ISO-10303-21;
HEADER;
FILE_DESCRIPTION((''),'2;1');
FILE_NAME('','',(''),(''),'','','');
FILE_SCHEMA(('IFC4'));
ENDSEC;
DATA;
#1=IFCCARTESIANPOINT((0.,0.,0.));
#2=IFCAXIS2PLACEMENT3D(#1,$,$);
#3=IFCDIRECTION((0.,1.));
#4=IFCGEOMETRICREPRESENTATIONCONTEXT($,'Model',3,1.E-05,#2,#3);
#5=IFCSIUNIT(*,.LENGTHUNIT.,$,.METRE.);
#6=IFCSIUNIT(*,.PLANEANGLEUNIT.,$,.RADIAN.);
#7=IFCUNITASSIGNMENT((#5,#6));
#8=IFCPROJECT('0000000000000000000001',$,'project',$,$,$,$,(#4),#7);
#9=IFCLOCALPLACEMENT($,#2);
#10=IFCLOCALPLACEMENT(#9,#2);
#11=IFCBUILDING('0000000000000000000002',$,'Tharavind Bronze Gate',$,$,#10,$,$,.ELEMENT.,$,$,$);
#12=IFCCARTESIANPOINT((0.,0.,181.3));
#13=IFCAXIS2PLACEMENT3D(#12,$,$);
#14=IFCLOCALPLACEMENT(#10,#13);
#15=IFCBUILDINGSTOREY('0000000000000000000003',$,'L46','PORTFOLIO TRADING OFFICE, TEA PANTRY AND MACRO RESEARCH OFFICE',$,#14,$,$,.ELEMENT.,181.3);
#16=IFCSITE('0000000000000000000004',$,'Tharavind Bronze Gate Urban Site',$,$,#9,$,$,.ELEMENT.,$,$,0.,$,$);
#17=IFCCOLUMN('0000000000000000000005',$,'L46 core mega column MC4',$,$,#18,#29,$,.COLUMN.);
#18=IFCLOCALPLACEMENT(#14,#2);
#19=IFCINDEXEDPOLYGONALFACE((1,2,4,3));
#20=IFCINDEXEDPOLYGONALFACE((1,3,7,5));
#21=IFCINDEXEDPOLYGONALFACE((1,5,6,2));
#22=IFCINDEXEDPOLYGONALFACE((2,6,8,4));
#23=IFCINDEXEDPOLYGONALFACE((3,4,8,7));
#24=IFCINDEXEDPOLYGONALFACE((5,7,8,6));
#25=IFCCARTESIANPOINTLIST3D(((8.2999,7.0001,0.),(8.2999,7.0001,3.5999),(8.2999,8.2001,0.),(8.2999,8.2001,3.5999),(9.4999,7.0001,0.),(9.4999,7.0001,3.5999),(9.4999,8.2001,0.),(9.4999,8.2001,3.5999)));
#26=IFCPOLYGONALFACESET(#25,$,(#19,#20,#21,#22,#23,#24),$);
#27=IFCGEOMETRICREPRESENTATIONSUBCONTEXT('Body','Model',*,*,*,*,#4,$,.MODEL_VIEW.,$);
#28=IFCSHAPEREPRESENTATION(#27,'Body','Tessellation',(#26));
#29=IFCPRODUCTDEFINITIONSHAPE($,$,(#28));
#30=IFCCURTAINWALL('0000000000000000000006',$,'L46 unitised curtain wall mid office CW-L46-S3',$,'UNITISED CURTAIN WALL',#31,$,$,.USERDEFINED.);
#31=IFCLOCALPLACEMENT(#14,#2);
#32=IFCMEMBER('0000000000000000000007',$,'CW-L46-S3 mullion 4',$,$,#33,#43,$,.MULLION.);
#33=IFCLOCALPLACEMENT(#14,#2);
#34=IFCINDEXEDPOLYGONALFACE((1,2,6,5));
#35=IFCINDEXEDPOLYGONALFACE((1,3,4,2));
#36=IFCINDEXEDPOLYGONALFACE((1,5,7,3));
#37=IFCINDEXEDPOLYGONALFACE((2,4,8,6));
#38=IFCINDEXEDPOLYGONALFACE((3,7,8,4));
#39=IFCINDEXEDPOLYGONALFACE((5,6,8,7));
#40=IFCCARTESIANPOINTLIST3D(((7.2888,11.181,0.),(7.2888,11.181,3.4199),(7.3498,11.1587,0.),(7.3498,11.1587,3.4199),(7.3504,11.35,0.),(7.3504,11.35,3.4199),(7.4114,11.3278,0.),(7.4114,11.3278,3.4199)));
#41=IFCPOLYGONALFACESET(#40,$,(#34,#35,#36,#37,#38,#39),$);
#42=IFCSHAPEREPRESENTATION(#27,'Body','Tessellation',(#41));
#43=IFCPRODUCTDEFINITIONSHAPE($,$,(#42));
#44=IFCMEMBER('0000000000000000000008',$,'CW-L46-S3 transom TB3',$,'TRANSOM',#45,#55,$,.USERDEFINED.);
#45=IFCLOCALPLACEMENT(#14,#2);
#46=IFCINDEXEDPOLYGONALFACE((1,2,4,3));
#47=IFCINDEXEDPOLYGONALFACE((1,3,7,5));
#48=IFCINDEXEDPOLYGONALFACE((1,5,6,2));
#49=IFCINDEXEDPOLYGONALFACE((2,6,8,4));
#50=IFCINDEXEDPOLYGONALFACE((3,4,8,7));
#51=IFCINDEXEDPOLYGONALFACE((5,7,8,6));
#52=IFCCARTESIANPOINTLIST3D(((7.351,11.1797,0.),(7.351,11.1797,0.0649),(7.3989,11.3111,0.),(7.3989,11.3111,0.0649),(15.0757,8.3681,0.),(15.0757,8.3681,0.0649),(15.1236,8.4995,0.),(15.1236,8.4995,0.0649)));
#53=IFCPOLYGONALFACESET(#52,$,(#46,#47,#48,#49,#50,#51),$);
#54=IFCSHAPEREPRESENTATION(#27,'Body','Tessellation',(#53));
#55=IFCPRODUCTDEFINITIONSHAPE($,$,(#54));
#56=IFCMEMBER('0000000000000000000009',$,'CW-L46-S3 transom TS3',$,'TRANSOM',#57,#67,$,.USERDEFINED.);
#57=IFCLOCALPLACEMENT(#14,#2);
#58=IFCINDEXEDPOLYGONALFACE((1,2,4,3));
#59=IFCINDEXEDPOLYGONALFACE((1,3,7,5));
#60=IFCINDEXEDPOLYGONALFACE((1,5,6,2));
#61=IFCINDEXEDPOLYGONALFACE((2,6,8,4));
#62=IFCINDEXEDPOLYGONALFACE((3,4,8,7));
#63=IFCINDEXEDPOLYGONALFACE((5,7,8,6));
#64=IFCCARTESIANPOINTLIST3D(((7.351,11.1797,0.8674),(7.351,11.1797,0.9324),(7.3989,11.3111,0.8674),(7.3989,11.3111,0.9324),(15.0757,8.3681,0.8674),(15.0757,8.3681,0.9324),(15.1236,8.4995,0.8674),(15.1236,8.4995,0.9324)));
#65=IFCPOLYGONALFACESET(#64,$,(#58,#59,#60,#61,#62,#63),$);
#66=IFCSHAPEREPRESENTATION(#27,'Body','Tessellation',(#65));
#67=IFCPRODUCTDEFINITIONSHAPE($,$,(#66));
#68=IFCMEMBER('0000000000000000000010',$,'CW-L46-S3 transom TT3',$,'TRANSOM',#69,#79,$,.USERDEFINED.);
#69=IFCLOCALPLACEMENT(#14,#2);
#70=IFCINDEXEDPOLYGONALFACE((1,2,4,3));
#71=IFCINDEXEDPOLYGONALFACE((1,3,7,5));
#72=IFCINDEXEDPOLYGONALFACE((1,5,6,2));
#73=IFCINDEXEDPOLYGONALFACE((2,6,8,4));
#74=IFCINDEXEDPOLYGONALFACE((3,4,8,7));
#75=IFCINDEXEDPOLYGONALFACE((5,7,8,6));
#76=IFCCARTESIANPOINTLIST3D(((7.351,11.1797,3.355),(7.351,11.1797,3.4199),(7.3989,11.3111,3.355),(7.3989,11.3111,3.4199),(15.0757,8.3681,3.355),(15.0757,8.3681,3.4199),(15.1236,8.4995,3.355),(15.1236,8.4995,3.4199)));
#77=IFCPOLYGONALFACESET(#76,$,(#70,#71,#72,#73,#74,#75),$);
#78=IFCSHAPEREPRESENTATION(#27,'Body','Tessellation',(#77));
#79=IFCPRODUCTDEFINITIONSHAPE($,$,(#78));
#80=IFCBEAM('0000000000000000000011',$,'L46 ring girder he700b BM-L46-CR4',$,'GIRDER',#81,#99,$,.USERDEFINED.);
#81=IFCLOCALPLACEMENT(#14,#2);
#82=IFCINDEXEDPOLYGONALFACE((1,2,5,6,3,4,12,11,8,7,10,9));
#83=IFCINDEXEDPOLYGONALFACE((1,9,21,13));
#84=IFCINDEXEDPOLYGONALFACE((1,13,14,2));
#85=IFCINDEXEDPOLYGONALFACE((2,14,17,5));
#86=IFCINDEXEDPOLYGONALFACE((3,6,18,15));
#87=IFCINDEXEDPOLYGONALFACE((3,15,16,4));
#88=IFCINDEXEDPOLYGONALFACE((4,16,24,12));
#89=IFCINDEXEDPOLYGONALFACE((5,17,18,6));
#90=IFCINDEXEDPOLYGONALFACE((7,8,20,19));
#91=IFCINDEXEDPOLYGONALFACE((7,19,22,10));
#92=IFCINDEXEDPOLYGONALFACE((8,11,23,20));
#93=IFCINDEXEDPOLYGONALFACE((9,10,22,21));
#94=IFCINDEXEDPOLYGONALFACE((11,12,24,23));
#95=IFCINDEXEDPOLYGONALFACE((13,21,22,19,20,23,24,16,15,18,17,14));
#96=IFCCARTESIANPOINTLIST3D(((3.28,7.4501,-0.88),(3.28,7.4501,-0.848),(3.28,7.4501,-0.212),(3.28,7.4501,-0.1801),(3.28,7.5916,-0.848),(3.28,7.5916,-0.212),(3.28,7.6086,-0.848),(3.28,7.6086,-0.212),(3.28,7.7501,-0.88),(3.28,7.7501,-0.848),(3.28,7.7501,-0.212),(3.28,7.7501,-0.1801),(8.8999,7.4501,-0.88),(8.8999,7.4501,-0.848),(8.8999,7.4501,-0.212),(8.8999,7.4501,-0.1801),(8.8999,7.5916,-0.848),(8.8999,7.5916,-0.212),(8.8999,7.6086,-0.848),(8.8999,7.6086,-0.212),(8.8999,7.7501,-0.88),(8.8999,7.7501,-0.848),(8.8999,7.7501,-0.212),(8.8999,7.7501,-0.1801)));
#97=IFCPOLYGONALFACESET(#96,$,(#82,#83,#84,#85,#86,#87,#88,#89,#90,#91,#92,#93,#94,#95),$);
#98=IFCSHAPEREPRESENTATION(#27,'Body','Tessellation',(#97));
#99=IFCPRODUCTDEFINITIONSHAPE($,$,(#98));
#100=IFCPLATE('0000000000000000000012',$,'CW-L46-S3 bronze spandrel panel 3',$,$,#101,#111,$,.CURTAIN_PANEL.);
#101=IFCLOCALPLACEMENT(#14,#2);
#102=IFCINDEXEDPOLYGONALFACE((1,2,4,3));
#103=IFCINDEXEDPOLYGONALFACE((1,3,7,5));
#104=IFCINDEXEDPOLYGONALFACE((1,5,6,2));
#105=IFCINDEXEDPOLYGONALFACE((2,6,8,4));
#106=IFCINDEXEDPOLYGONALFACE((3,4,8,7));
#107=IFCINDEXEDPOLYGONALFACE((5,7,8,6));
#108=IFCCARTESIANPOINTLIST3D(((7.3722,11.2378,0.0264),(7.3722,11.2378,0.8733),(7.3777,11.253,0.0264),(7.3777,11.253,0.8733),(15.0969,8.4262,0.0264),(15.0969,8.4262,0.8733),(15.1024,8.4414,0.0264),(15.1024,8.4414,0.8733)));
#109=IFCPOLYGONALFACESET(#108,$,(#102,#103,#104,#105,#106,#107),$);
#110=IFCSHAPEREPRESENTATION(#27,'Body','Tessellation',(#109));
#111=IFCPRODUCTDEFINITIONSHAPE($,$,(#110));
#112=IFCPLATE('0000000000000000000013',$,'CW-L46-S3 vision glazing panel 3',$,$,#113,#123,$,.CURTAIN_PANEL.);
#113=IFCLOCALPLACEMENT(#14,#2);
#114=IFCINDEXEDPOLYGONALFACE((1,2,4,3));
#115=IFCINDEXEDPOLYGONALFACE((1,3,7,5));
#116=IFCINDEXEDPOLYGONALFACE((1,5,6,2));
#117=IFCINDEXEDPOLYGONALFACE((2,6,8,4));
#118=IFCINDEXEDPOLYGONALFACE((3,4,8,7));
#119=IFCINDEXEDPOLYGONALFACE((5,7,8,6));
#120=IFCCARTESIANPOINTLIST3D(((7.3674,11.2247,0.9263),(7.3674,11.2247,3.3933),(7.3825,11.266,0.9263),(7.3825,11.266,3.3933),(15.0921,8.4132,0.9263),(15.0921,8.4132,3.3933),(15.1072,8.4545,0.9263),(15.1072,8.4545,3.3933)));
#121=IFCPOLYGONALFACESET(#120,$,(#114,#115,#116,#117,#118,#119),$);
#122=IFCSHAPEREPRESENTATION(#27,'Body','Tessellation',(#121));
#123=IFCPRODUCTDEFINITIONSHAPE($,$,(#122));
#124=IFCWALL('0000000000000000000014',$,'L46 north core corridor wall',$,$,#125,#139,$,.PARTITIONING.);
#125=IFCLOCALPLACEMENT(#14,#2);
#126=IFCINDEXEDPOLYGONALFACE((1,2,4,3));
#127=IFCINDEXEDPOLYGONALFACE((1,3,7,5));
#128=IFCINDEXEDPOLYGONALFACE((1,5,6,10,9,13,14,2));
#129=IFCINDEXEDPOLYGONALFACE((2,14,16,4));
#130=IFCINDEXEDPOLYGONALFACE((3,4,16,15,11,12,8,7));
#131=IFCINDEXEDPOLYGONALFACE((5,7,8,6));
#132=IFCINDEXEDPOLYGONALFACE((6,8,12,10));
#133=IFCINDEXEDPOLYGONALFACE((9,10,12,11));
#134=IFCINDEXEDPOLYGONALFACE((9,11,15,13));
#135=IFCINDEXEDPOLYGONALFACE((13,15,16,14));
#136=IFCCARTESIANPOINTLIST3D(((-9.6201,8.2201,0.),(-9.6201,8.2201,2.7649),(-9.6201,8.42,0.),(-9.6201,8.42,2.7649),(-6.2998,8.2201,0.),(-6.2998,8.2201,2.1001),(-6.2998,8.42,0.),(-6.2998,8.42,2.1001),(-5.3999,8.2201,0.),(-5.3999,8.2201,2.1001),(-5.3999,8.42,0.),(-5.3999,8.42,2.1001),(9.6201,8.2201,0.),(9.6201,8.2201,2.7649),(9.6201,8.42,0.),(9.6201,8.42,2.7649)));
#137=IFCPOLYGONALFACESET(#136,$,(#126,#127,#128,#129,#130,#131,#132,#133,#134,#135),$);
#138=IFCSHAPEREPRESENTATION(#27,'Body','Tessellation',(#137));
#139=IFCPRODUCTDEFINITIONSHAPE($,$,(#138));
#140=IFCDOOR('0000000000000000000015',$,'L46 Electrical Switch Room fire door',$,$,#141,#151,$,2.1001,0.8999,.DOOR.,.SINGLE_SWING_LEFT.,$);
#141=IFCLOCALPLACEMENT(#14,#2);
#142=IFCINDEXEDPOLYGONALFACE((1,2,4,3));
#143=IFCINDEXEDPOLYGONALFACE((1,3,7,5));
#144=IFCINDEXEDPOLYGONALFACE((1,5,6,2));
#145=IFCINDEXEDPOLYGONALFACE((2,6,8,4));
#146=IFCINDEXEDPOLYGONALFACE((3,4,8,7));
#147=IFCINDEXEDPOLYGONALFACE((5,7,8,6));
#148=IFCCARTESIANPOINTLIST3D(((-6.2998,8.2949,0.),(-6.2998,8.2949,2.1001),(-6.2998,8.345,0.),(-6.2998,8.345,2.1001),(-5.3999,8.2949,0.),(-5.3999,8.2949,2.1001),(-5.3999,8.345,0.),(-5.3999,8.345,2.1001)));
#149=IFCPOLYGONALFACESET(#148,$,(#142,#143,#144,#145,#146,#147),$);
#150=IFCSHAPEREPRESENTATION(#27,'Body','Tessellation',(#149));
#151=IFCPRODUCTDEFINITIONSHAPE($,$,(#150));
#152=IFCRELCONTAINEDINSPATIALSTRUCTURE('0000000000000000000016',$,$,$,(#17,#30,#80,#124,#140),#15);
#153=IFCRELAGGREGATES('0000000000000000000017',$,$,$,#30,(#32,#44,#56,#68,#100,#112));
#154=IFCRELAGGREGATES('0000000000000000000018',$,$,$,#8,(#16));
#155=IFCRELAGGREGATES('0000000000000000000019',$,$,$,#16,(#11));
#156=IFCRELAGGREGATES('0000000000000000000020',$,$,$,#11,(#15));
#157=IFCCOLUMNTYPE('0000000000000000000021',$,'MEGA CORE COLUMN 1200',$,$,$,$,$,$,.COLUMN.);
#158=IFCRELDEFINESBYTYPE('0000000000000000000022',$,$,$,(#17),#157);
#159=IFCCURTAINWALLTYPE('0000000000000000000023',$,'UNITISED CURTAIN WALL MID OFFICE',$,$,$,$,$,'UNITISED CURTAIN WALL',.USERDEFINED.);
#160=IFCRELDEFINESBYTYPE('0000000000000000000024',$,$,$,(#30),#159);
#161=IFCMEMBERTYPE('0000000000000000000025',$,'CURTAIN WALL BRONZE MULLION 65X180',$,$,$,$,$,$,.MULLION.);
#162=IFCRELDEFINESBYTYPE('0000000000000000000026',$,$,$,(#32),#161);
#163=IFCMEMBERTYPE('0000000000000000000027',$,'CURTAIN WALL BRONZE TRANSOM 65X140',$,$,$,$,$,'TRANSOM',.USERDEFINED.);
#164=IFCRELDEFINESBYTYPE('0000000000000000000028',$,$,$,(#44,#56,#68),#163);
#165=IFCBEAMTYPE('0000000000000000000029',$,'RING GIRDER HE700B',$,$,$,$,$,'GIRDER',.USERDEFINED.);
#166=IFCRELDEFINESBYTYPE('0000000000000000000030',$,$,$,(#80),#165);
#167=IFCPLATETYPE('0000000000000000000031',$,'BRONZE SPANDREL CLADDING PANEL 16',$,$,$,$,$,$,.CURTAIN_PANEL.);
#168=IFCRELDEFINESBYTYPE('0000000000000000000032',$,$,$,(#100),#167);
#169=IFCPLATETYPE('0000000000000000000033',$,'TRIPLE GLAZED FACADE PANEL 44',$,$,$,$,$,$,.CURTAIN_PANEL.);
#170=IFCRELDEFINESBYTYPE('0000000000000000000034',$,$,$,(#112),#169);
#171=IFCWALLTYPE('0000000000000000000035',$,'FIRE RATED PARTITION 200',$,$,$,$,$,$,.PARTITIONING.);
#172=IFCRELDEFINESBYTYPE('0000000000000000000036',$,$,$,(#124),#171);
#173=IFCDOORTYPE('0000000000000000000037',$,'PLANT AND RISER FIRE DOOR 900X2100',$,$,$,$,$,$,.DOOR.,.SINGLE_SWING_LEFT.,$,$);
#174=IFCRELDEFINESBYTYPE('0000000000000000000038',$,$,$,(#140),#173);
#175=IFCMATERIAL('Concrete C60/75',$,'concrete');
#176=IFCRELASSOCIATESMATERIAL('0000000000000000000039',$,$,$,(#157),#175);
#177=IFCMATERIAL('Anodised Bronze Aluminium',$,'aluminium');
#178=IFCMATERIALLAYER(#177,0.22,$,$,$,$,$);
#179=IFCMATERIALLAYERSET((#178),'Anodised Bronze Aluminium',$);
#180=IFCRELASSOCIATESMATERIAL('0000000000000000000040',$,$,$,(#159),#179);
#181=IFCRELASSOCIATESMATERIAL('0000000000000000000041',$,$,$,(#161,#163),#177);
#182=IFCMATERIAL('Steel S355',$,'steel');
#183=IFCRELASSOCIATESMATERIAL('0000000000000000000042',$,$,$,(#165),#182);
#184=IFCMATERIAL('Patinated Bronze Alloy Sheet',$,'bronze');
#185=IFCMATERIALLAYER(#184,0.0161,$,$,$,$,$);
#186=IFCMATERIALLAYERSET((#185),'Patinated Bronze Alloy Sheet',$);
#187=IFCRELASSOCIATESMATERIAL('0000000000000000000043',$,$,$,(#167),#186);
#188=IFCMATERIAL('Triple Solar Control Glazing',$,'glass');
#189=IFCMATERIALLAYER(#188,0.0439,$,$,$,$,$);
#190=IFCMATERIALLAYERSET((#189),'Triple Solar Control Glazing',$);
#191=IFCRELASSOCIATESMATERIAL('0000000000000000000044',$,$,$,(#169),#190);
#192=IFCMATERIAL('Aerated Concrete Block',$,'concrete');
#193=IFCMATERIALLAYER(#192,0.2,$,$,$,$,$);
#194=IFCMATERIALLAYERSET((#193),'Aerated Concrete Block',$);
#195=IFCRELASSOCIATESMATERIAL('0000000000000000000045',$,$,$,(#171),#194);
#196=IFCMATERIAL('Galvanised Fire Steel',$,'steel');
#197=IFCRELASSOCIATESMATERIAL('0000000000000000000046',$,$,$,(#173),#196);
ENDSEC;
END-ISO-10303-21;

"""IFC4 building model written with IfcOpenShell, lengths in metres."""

from ifc_helpers import new_model, si_unit, direction, frame, frame_2d, origin, origin_2d, place, context, subcontext, project, spatial, rectangle, i_section, extrude, material, layer, layer_set, material_profile, profile_set, type_object, element, fill, aggregate, save


model = new_model("IFC4")

# Units and contexts
model_context = context("Model", 3, precision=1e-05, world=origin(), true_north=direction((0.0, 1.0)))
body_context = subcontext(model_context, "Body", "Model", "MODEL_VIEW")
ifc_project = project(units=[si_unit("LENGTHUNIT", "METRE"), si_unit("PLANEANGLEUNIT", "RADIAN")], contexts=[model_context])

# Site, building, storey
site_placement = place(None, origin())
site = spatial("IfcSite", under=ifc_project, at=site_placement, Name="Tharavind Bronze Gate Urban Site", CompositionType="ELEMENT", RefElevation=0.0)
building_placement = place(site_placement, origin())
building = spatial("IfcBuilding", under=site, at=building_placement, Name="Tharavind Bronze Gate", CompositionType="ELEMENT")
storey_placement = place(building_placement, frame((0.0, 0.0, 181.3)))
storey = spatial("IfcBuildingStorey", under=building, at=storey_placement, Name="L46", Description="PORTFOLIO TRADING OFFICE, TEA PANTRY AND MACRO RESEARCH OFFICE", CompositionType="ELEMENT", Elevation=181.3)

# Column
ifc_material_1 = material(Name="Concrete C60/75", Category="concrete")
ifc_material_profile_1 = material_profile(ifc_material_1, rectangle(XDim=1.2, YDim=1.2, at=origin_2d()), Name="RCCOL1200")
ifc_profile_set_1 = profile_set([ifc_material_profile_1], Name="Concrete C60/75")
column_type = type_object("IfcColumnType", Name="MEGA CORE COLUMN 1200", PredefinedType="COLUMN", material=ifc_profile_set_1)
column_placement = place(storey_placement, frame((8.8999, 7.6001, 0.0), z_axis=(0.0, 0.0, 1.0), x_axis=(1.0, 0.0, 0.0)))
element("IfcColumn", 1, at=column_placement, inside=storey, type_object=column_type, Name="L46 core mega column MC4", PredefinedType="COLUMN", context=body_context, shape_type="SweptSolid", body=[
    extrude(rectangle(XDim=1.2, YDim=1.2, at=origin_2d()), origin(), (0.0, 0.0, 1.0), 3.5999),
])

# Curtain wall, members
ifc_material_2 = material(Name="Anodised Bronze Aluminium", Category="aluminium")
ifc_layer_1 = layer(ifc_material_2, 0.22)
ifc_layer_set_1 = layer_set([ifc_layer_1], Name="Anodised Bronze Aluminium")
curtain_wall_type = type_object("IfcCurtainWallType", Name="UNITISED CURTAIN WALL MID OFFICE", ElementType="UNITISED CURTAIN WALL", PredefinedType="USERDEFINED", material=ifc_layer_set_1)
curtain_wall_placement = place(storey_placement, origin())
curtain_wall = element("IfcCurtainWall", 2, at=curtain_wall_placement, inside=storey, type_object=curtain_wall_type, Name="L46 unitised curtain wall mid office CW-L46-S3", ObjectType="UNITISED CURTAIN WALL", PredefinedType="USERDEFINED")
member_type_1 = type_object("IfcMemberType", Name="CURTAIN WALL BRONZE MULLION 65X180", PredefinedType="MULLION", material=ifc_material_2)
member_1_placement = place(storey_placement, frame((7.3501, 11.2544, 0.0), z_axis=(0.0, 0.0, 1.0), x_axis=(-0.939692, 0.342022, 0.0)))
member_1 = element("IfcMember", 3, at=member_1_placement, type_object=member_type_1, Name="CW-L46-S3 mullion 4", PredefinedType="MULLION", context=body_context, shape_type="SweptSolid", body=[
    extrude(rectangle(XDim=0.0649, YDim=0.1799, at=origin_2d()), origin(), (0.0, 0.0, 1.0), 3.4199),
])
member_type_2 = type_object("IfcMemberType", Name="CURTAIN WALL BRONZE TRANSOM 65X140", ElementType="TRANSOM", PredefinedType="USERDEFINED", material=ifc_material_2)
member_2_placement = place(storey_placement, frame((11.2373, 9.8396, 0.0), z_axis=(0.0, 0.0, 1.0), x_axis=(-0.939692, 0.342022, 0.0)))
member_2 = element("IfcMember", 4, at=member_2_placement, type_object=member_type_2, Name="CW-L46-S3 transom TB3", ObjectType="TRANSOM", PredefinedType="USERDEFINED", context=body_context, shape_type="SweptSolid", body=[
    extrude(rectangle(XDim=8.2205, YDim=0.1399, at=origin_2d()), origin(), (0.0, 0.0, 1.0), 0.0649),
])
member_3_placement = place(storey_placement, frame((11.2373, 9.8396, 0.8674), z_axis=(0.0, 0.0, 1.0), x_axis=(-0.939692, 0.342022, 0.0)))
member_3 = element("IfcMember", 5, at=member_3_placement, type_object=member_type_2, Name="CW-L46-S3 transom TS3", ObjectType="TRANSOM", PredefinedType="USERDEFINED", context=body_context, shape_type="SweptSolid", body=[
    extrude(rectangle(XDim=8.2205, YDim=0.1399, at=origin_2d()), origin(), (0.0, 0.0, 1.0), 0.0649),
])
member_4_placement = place(storey_placement, frame((11.2373, 9.8396, 3.355), z_axis=(0.0, 0.0, 1.0), x_axis=(-0.939692, 0.342022, 0.0)))
member_4 = element("IfcMember", 6, at=member_4_placement, type_object=member_type_2, Name="CW-L46-S3 transom TT3", ObjectType="TRANSOM", PredefinedType="USERDEFINED", context=body_context, shape_type="SweptSolid", body=[
    extrude(rectangle(XDim=8.2205, YDim=0.1399, at=origin_2d()), origin(), (0.0, 0.0, 1.0), 0.0649),
])

# Beam
ifc_material_3 = material(Name="Steel S355", Category="steel")
ifc_material_profile_2 = material_profile(ifc_material_3, i_section(OverallWidth=0.3, OverallDepth=0.7, WebThickness=0.0171, FlangeThickness=0.032, at=origin_2d()), Name="HE700B")
ifc_profile_set_2 = profile_set([ifc_material_profile_2], Name="Steel S355")
beam_type = type_object("IfcBeamType", Name="RING GIRDER HE700B", ElementType="GIRDER", PredefinedType="USERDEFINED", material=ifc_profile_set_2)
beam_placement = place(storey_placement, frame((8.8999, 7.6001, -0.53), z_axis=(-1.0, 0.0, 0.0), x_axis=(0.0, -1.0, 0.0)))
element("IfcBeam", 7, at=beam_placement, inside=storey, type_object=beam_type, Name="L46 ring girder he700b BM-L46-CR4", ObjectType="GIRDER", PredefinedType="USERDEFINED", context=body_context, shape_type="SweptSolid", body=[
    extrude(i_section(OverallWidth=0.3, OverallDepth=0.7, WebThickness=0.0171, FlangeThickness=0.032, at=origin_2d()), origin(), (0.0, 0.0, 1.0), 5.6199),
])

# Plates
ifc_material_4 = material(Name="Patinated Bronze Alloy Sheet", Category="bronze")
ifc_layer_2 = layer(ifc_material_4, 0.0161)
ifc_layer_set_2 = layer_set([ifc_layer_2], Name="Patinated Bronze Alloy Sheet")
plate_type_1 = type_object("IfcPlateType", Name="BRONZE SPANDREL CLADDING PANEL 16", PredefinedType="CURTAIN_PANEL", material=ifc_layer_set_2)
plate_1_placement = place(storey_placement, frame((11.2373, 9.8396, 0.0264), z_axis=(0.0, 0.0, 1.0), x_axis=(-0.939692, 0.342022, 0.0)))
plate_1 = element("IfcPlate", 8, at=plate_1_placement, type_object=plate_type_1, Name="CW-L46-S3 bronze spandrel panel 3", PredefinedType="CURTAIN_PANEL", context=body_context, shape_type="SweptSolid", body=[
    extrude(rectangle(XDim=8.2205, YDim=0.0161, at=origin_2d()), origin(), (0.0, 0.0, 1.0), 0.8469),
])
ifc_material_5 = material(Name="Triple Solar Control Glazing", Category="glass")
ifc_layer_3 = layer(ifc_material_5, 0.0439)
ifc_layer_set_3 = layer_set([ifc_layer_3], Name="Triple Solar Control Glazing")
plate_type_2 = type_object("IfcPlateType", Name="TRIPLE GLAZED FACADE PANEL 44", PredefinedType="CURTAIN_PANEL", material=ifc_layer_set_3)
plate_2_placement = place(storey_placement, frame((11.2373, 9.8396, 0.9263), z_axis=(0.0, 0.0, 1.0), x_axis=(-0.939692, 0.342022, 0.0)))
plate_2 = element("IfcPlate", 9, at=plate_2_placement, type_object=plate_type_2, Name="CW-L46-S3 vision glazing panel 3", PredefinedType="CURTAIN_PANEL", context=body_context, shape_type="SweptSolid", body=[
    extrude(rectangle(XDim=8.2205, YDim=0.0439, at=origin_2d()), origin(), (0.0, 0.0, 1.0), 2.467),
])
aggregate(curtain_wall, [member_1, member_2, member_3, member_4, plate_1, plate_2])

# Wall, opening, door
ifc_material_6 = material(Name="Aerated Concrete Block", Category="concrete")
ifc_layer_4 = layer(ifc_material_6, 0.2)
ifc_layer_set_4 = layer_set([ifc_layer_4], Name="Aerated Concrete Block")
wall_type_1 = type_object("IfcWallType", Name="FIRE RATED PARTITION 200", PredefinedType="PARTITIONING", material=ifc_layer_set_4)
wall_1_placement = place(storey_placement, frame((9.6201, 8.3201, 0.0), z_axis=(0.0, 0.0, 1.0), x_axis=(-1.0, 0.0, 0.0)))
wall_1 = element("IfcWall", 10, at=wall_1_placement, inside=storey, type_object=wall_type_1, Name="L46 north core corridor wall", PredefinedType="PARTITIONING", context=body_context, shape_type="SweptSolid", body=[
    extrude(rectangle(XDim=19.2402, YDim=0.2, at=frame_2d((9.6201, 0.0))), origin(), (0.0, 0.0, 1.0), 2.7649),
])
opening_1_placement = place(wall_1_placement, frame((15.02, 0.0, 0.0)))
opening_1 = element("IfcOpeningElement", 11, at=opening_1_placement, cuts=wall_1, PredefinedType="OPENING", context=body_context, shape_type="SweptSolid", body=[
    extrude(rectangle(XDim=0.8999, YDim=2.1001, at=frame_2d((0.45, 1.05))), frame((0.0, 0.1101, 0.0), z_axis=(0.0, -1.0, 0.0), x_axis=(1.0, 0.0, 0.0)), (0.0, 0.0, 1.0), 0.22),
])
ifc_material_7 = material(Name="Galvanised Fire Steel", Category="steel")
door_type_1 = type_object("IfcDoorType", Name="PLANT AND RISER FIRE DOOR 900X2100", OperationType="SINGLE_SWING_LEFT", PredefinedType="DOOR", material=ifc_material_7)
door_1_placement = place(opening_1_placement, frame((0.8999, 0.0, 0.0), z_axis=(0.0, 0.0, 1.0), x_axis=(-1.0, 0.0, 0.0)))
door_1 = element("IfcDoor", 12, at=door_1_placement, inside=storey, type_object=door_type_1, Name="L46 Electrical Switch Room fire door", OperationType="SINGLE_SWING_LEFT", OverallHeight=2.1001, OverallWidth=0.8999, PredefinedType="DOOR", context=body_context, shape_type="SweptSolid", body=[
    extrude(rectangle(XDim=0.8999, YDim=2.1001, at=frame_2d((0.45, 1.05))), frame((0.0, 0.0249, 0.0), z_axis=(0.0, -1.0, 0.0), x_axis=(1.0, 0.0, 0.0)), (0.0, 0.0, 1.0), 0.05),
])
fill(opening_1, door_1)

save(model, "model.ifc")
